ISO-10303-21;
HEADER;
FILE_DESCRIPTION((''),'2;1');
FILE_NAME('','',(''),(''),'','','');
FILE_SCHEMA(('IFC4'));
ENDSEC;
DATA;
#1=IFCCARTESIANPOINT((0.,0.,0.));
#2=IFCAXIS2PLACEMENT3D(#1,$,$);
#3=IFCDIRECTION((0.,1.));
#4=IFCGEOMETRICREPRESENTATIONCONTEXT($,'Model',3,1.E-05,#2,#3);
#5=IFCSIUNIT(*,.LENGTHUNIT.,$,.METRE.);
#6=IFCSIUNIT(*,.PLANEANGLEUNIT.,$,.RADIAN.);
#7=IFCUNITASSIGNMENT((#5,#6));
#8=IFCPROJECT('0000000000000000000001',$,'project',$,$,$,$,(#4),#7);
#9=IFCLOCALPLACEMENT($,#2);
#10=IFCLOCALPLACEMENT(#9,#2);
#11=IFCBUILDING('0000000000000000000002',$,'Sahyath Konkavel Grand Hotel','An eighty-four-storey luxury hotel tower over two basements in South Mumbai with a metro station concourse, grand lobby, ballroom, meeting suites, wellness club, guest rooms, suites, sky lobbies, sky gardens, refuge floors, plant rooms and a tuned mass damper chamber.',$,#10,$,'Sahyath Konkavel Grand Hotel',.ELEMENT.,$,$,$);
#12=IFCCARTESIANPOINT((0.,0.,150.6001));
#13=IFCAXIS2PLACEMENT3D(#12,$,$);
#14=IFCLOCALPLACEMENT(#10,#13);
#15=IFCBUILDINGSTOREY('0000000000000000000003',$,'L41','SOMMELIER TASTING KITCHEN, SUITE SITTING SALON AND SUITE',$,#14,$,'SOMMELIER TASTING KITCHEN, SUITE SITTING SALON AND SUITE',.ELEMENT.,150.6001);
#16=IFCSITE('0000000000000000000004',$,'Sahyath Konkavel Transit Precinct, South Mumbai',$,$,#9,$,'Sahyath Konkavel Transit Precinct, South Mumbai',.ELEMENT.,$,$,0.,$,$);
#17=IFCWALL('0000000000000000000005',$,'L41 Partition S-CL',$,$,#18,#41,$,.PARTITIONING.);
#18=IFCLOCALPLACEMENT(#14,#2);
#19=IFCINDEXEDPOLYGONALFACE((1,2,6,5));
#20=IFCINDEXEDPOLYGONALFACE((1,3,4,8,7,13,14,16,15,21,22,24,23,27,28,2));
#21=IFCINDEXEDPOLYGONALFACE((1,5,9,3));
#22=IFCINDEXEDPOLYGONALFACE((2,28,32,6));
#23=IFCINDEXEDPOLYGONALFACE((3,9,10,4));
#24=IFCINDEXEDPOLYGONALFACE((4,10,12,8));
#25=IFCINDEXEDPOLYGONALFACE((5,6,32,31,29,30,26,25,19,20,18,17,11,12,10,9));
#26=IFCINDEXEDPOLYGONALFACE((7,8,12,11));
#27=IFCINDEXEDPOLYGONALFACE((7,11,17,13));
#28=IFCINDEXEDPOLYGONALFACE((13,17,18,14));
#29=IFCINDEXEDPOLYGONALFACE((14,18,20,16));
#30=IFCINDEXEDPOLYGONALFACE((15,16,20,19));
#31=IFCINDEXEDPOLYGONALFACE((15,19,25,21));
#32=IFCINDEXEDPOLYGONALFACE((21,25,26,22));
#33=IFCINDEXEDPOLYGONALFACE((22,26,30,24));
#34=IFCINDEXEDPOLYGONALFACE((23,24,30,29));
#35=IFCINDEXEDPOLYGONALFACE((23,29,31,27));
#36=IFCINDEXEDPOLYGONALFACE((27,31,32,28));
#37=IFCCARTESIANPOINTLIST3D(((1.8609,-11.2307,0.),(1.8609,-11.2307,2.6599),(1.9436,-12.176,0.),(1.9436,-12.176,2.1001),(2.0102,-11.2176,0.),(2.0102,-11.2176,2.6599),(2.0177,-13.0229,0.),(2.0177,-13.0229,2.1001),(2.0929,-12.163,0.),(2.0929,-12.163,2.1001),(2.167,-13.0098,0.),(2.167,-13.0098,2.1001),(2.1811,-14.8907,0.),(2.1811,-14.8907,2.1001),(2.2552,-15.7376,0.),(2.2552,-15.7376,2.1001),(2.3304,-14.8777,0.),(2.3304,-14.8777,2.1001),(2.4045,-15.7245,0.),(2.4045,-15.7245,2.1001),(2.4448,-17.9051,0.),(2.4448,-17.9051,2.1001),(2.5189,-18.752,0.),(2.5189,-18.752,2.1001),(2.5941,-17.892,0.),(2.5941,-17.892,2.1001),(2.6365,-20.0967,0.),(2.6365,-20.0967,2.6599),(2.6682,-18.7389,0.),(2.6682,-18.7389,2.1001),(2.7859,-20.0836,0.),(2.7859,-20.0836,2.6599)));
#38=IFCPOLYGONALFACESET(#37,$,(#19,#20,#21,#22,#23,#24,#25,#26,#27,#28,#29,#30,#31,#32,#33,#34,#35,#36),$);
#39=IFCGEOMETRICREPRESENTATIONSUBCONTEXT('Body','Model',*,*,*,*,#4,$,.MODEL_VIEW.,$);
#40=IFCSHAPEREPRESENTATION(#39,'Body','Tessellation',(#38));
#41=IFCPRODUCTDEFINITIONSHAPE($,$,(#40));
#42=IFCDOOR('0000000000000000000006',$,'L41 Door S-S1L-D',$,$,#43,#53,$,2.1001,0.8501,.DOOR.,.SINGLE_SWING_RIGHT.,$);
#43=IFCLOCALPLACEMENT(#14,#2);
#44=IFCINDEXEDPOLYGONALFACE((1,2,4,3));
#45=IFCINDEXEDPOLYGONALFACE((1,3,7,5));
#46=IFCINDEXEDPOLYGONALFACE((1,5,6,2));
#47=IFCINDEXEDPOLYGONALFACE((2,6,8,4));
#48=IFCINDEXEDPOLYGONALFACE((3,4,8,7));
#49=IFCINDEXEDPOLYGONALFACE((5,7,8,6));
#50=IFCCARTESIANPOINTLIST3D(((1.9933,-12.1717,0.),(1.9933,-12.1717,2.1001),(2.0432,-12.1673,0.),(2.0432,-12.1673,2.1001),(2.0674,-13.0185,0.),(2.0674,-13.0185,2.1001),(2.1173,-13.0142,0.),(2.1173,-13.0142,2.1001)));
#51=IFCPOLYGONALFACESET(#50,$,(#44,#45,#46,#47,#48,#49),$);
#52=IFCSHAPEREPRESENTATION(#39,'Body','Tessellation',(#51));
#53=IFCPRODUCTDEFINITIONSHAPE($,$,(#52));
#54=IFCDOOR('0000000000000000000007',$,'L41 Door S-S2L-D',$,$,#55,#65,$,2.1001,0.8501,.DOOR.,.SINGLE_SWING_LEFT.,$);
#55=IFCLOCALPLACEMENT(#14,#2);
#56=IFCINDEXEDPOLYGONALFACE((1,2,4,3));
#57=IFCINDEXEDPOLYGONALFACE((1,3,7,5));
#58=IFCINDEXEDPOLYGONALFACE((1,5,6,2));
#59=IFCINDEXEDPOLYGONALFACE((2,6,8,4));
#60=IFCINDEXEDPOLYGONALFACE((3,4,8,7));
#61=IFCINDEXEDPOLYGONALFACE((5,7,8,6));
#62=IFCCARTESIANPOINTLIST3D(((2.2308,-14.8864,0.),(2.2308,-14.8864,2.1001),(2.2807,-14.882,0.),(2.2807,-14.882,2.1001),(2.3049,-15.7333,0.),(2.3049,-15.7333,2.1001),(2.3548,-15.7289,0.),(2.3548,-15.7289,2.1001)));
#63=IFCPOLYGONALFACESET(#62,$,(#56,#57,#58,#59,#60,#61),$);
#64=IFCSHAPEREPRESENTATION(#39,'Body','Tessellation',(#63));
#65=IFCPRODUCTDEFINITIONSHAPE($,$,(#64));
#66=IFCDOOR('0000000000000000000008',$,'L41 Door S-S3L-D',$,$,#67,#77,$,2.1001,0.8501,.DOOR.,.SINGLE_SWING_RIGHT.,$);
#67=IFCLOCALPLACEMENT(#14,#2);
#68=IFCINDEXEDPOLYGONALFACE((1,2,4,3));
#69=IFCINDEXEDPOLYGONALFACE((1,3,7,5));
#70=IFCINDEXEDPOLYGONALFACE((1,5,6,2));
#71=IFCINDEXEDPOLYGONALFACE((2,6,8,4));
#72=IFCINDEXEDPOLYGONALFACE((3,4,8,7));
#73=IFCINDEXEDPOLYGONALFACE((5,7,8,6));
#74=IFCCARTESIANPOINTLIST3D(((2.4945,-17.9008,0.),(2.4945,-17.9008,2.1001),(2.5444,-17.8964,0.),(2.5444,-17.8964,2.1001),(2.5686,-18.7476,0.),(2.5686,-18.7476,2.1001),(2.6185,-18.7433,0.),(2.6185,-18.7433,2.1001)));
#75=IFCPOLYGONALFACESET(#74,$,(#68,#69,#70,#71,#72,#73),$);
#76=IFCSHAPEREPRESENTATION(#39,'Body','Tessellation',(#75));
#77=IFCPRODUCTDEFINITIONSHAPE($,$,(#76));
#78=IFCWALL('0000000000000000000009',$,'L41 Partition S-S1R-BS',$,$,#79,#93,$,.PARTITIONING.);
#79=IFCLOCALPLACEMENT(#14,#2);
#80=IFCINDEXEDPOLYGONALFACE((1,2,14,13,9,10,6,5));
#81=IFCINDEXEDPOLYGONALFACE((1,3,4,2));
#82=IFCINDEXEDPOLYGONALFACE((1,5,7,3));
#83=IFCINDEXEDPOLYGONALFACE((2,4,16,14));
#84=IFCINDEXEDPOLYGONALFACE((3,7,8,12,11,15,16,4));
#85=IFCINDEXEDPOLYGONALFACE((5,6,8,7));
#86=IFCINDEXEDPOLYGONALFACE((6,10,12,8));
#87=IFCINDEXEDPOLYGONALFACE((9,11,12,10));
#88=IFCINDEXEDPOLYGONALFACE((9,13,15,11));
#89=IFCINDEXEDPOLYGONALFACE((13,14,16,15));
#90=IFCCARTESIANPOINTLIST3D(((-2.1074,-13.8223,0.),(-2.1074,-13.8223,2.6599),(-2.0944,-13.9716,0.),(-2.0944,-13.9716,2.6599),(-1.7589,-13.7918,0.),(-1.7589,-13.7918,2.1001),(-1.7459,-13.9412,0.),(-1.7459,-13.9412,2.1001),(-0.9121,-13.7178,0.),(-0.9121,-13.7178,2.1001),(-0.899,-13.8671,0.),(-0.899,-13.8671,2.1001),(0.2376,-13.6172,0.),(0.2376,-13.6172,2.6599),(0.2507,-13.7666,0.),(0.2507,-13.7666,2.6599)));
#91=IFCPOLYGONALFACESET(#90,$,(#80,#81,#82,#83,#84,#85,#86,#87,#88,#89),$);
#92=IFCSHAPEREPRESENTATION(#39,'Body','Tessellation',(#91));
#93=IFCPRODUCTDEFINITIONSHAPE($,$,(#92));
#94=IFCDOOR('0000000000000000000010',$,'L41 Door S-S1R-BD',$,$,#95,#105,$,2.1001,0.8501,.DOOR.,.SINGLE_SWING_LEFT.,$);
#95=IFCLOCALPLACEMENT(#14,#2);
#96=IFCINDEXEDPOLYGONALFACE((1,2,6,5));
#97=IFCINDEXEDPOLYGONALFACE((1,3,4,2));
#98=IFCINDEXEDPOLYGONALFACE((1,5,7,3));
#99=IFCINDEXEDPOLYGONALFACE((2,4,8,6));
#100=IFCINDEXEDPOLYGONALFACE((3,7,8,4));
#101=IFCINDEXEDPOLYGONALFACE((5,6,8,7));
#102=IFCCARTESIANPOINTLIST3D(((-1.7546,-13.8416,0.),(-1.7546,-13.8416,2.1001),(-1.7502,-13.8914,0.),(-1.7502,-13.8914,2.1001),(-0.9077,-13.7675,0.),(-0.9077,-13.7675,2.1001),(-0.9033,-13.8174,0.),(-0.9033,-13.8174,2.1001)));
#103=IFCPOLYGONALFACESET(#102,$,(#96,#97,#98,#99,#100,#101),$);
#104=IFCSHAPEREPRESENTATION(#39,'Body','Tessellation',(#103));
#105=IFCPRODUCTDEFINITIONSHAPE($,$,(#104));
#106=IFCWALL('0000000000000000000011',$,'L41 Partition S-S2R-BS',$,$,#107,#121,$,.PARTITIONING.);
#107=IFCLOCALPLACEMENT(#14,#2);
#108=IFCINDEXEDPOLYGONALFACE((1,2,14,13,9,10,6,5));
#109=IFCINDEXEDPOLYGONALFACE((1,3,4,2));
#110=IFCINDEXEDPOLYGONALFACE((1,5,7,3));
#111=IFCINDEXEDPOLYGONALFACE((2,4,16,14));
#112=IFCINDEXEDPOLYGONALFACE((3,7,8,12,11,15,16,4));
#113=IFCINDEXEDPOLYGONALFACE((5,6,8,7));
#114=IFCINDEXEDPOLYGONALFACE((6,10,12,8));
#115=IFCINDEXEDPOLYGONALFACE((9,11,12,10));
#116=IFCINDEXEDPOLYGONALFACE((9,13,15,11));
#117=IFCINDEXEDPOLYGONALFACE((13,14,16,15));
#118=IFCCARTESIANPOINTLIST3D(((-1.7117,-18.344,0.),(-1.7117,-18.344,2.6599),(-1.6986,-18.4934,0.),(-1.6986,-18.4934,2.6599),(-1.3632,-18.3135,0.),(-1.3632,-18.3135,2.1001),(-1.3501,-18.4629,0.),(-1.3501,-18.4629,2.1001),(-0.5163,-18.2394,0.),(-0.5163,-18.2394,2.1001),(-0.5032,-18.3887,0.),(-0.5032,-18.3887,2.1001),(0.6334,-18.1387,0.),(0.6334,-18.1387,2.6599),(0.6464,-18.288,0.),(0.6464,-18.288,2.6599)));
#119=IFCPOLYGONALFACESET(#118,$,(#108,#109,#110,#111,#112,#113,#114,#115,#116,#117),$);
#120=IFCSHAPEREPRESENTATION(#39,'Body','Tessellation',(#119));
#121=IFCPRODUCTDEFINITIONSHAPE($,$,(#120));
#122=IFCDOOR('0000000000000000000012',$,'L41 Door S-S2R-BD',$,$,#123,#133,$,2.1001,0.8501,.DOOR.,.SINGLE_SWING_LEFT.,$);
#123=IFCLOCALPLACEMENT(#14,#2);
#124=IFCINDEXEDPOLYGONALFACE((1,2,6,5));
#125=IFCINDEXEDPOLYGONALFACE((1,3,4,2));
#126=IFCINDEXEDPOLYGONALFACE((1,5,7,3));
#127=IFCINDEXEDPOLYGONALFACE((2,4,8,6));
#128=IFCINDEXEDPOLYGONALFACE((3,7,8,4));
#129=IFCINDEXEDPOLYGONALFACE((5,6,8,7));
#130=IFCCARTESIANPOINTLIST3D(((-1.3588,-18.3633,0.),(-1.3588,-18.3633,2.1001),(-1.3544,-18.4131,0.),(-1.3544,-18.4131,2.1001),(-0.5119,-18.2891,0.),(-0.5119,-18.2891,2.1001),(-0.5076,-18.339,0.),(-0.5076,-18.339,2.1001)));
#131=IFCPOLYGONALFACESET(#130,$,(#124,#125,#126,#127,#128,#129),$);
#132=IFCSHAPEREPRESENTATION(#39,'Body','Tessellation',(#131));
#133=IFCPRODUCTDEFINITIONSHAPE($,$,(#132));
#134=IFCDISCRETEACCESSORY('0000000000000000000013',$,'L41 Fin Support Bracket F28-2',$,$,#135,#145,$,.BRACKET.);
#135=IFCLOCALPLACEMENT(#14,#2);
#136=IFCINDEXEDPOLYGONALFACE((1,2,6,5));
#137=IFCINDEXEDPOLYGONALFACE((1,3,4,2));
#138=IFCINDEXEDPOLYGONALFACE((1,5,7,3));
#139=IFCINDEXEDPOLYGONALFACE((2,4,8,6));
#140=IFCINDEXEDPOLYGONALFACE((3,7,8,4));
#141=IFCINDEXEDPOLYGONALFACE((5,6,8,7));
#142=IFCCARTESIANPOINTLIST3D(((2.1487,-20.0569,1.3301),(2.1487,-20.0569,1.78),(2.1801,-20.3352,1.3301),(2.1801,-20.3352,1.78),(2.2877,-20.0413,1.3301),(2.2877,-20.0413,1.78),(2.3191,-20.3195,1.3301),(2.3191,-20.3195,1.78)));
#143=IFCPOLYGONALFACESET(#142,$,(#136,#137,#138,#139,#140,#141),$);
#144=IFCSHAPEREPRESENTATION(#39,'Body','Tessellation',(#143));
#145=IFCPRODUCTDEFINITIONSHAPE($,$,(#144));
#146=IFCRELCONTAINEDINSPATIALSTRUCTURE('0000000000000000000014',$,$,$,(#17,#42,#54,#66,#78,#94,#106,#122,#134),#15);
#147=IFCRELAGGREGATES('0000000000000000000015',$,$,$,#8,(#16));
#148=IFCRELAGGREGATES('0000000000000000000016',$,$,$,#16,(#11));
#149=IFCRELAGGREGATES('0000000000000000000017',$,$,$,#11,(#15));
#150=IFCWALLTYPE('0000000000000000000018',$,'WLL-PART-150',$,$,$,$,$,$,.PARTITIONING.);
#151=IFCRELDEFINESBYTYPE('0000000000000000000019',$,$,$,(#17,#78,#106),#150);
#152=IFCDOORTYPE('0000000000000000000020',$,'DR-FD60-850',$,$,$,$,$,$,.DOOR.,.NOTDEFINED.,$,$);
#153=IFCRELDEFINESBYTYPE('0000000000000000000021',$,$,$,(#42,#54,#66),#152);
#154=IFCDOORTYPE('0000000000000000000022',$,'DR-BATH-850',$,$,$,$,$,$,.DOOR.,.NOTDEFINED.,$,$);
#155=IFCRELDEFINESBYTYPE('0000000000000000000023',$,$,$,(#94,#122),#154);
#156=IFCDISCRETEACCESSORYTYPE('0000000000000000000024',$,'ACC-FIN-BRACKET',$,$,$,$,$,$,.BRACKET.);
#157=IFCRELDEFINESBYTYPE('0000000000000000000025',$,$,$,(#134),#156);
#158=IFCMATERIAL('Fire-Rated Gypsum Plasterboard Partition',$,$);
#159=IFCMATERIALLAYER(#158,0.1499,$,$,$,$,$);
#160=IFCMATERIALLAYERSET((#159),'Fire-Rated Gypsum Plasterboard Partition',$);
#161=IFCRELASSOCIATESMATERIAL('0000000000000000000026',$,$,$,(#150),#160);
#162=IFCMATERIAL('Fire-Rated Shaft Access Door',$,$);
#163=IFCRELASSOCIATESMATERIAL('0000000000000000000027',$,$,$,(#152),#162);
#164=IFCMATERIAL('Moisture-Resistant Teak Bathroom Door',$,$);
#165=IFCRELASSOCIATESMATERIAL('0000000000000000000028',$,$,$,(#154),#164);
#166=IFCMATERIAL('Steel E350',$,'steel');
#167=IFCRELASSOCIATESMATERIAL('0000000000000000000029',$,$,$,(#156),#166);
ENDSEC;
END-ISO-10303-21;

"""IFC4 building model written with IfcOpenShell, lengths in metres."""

from ifc_helpers import new_model, si_unit, direction, frame, frame_2d, origin, origin_2d, place, context, subcontext, project, spatial, rectangle, extrude, source, transform, mapped, material, layer, layer_set, type_object, element, fill, save


model = new_model("IFC4")

# Units and contexts
model_context = context("Model", 3, precision=1e-05, world=origin(), true_north=direction((0.0, 1.0)))
body_context = subcontext(model_context, "Body", "Model", "MODEL_VIEW")
ifc_project = project(units=[si_unit("LENGTHUNIT", "METRE"), si_unit("PLANEANGLEUNIT", "RADIAN")], contexts=[model_context])

# Site, building, storey
site_placement = place(None, origin())
site = spatial("IfcSite", under=ifc_project, at=site_placement, Name="Sahyath Konkavel Transit Precinct, South Mumbai", LongName="Sahyath Konkavel Transit Precinct, South Mumbai", CompositionType="ELEMENT", RefElevation=0.0)
building_placement = place(site_placement, origin())
building = spatial("IfcBuilding", under=site, at=building_placement, Name="Sahyath Konkavel Grand Hotel", Description="An eighty-four-storey luxury hotel tower over two basements in South Mumbai with a metro station concourse, grand lobby, ballroom, meeting suites, wellness club, guest rooms, suites, sky lobbies, sky gardens, refuge floors, plant rooms and a tuned mass damper chamber.", LongName="Sahyath Konkavel Grand Hotel", CompositionType="ELEMENT")
storey_placement = place(building_placement, frame((0.0, 0.0, 150.6001)))
storey = spatial("IfcBuildingStorey", under=building, at=storey_placement, Name="L41", Description="SOMMELIER TASTING KITCHEN, SUITE SITTING SALON AND SUITE", LongName="SOMMELIER TASTING KITCHEN, SUITE SITTING SALON AND SUITE", CompositionType="ELEMENT", Elevation=150.6001)

# Shared definitions
ifc_material_1 = material(Name="Steel E350", Category="steel")

# Wall, openings, doors
ifc_material_2 = material(Name="Fire-Rated Gypsum Plasterboard Partition")
ifc_layer_1 = layer(ifc_material_2, 0.1499)
ifc_layer_set_1 = layer_set([ifc_layer_1], Name="Fire-Rated Gypsum Plasterboard Partition")
wall_type_1 = type_object("IfcWallType", Name="WLL-PART-150", PredefinedType="PARTITIONING", material=ifc_layer_set_1)
wall_1_placement = place(storey_placement, frame((1.9355, -11.2241, 0.0), z_axis=(0.0, 0.0, 1.0), x_axis=(0.087152, -0.996195, 0.0)))
wall_1 = element("IfcWall", 1, at=wall_1_placement, inside=storey, type_object=wall_type_1, Name="L41 Partition S-CL", PredefinedType="PARTITIONING", context=body_context, shape_type="SweptSolid", body=[
    extrude(rectangle(XDim=8.8999, YDim=0.1499, at=frame_2d((4.45, 0.0))), origin(), (0.0, 0.0, 1.0), 2.6599),
])
opening_1_placement = place(wall_1_placement, frame((0.949, 0.0, 0.0)))
opening_1 = element("IfcOpeningElement", 2, at=opening_1_placement, cuts=wall_1, PredefinedType="OPENING", context=body_context, shape_type="SweptSolid", body=[
    extrude(rectangle(XDim=0.8501, YDim=2.1001, at=frame_2d((0.425, 1.05))), frame((0.0, 0.085, 0.0), z_axis=(0.0, -1.0, 0.0), x_axis=(1.0, 0.0, 0.0)), (0.0, 0.0, 1.0), 0.1699),
])
opening_2_placement = place(wall_1_placement, frame((3.6741, 0.0, 0.0)))
opening_2 = element("IfcOpeningElement", 3, at=opening_2_placement, cuts=wall_1, PredefinedType="OPENING", context=body_context, shape_type="SweptSolid", body=[
    extrude(rectangle(XDim=0.8501, YDim=2.1001, at=frame_2d((0.425, 1.05))), frame((0.0, 0.085, 0.0), z_axis=(0.0, -1.0, 0.0), x_axis=(1.0, 0.0, 0.0)), (0.0, 0.0, 1.0), 0.1699),
])
opening_3_placement = place(wall_1_placement, frame((6.7, 0.0, 0.0)))
opening_3 = element("IfcOpeningElement", 4, at=opening_3_placement, cuts=wall_1, PredefinedType="OPENING", context=body_context, shape_type="SweptSolid", body=[
    extrude(rectangle(XDim=0.8501, YDim=2.1001, at=frame_2d((0.425, 1.05))), frame((0.0, 0.085, 0.0), z_axis=(0.0, -1.0, 0.0), x_axis=(1.0, 0.0, 0.0)), (0.0, 0.0, 1.0), 0.1699),
])
ifc_material_3 = material(Name="Fire-Rated Shaft Access Door")
door_type_1 = type_object("IfcDoorType", Name="DR-FD60-850", OperationType="NOTDEFINED", PredefinedType="DOOR", material=ifc_material_3)
shared_shape_1 = source(origin(), body_context, "Body", "SweptSolid", [
    extrude(rectangle(XDim=0.8501, YDim=0.05, at=origin_2d()), origin(), (0.0, 0.0, 1.0), 2.1001),
])
door_1_placement = place(opening_1_placement, frame((0.425, 0.0, 0.0)))
door_1 = element("IfcDoor", 5, at=door_1_placement, inside=storey, type_object=door_type_1, Name="L41 Door S-S1L-D", OperationType="SINGLE_SWING_RIGHT", OverallHeight=2.1001, OverallWidth=0.8501, PredefinedType="DOOR", context=body_context, shape_type="MappedRepresentation", body=[
    mapped(shared_shape_1, transform((0.0, 0.0, 0.0), scale=1.0)),
])
fill(opening_1, door_1)
door_2_placement = place(opening_2_placement, frame((0.425, 0.0, 0.0)))
door_2 = element("IfcDoor", 6, at=door_2_placement, inside=storey, type_object=door_type_1, Name="L41 Door S-S2L-D", OperationType="SINGLE_SWING_LEFT", OverallHeight=2.1001, OverallWidth=0.8501, PredefinedType="DOOR", context=body_context, shape_type="MappedRepresentation", body=[
    mapped(shared_shape_1, transform((0.0, 0.0, 0.0), scale=1.0)),
])
fill(opening_2, door_2)
door_3_placement = place(opening_3_placement, frame((0.425, 0.0, 0.0)))
door_3 = element("IfcDoor", 7, at=door_3_placement, inside=storey, type_object=door_type_1, Name="L41 Door S-S3L-D", OperationType="SINGLE_SWING_RIGHT", OverallHeight=2.1001, OverallWidth=0.8501, PredefinedType="DOOR", context=body_context, shape_type="MappedRepresentation", body=[
    mapped(shared_shape_1, transform((0.0, 0.0, 0.0), scale=1.0)),
])
fill(opening_3, door_3)

# Walls, openings, doors
wall_2_placement = place(storey_placement, frame((0.2441, -13.6919, 0.0), z_axis=(0.0, 0.0, 1.0), x_axis=(-0.996198, -0.087122, 0.0)))
wall_2 = element("IfcWall", 8, at=wall_2_placement, inside=storey, type_object=wall_type_1, Name="L41 Partition S-S1R-BS", PredefinedType="PARTITIONING", context=body_context, shape_type="SweptSolid", body=[
    extrude(rectangle(XDim=2.354, YDim=0.1499, at=frame_2d((1.177, 0.0))), origin(), (0.0, 0.0, 1.0), 2.6599),
])
opening_4_placement = place(wall_2_placement, frame((1.1541, 0.0, 0.0)))
opening_4 = element("IfcOpeningElement", 9, at=opening_4_placement, cuts=wall_2, PredefinedType="OPENING", context=body_context, shape_type="SweptSolid", body=[
    extrude(rectangle(XDim=0.8501, YDim=2.1001, at=frame_2d((0.425, 1.05))), frame((0.0, 0.085, 0.0), z_axis=(0.0, -1.0, 0.0), x_axis=(1.0, 0.0, 0.0)), (0.0, 0.0, 1.0), 0.1699),
])
ifc_material_4 = material(Name="Moisture-Resistant Teak Bathroom Door")
door_type_2 = type_object("IfcDoorType", Name="DR-BATH-850", OperationType="NOTDEFINED", PredefinedType="DOOR", material=ifc_material_4)
door_4_placement = place(opening_4_placement, frame((0.425, 0.0, 0.0)))
door_4 = element("IfcDoor", 10, at=door_4_placement, inside=storey, type_object=door_type_2, Name="L41 Door S-S1R-BD", OperationType="SINGLE_SWING_LEFT", OverallHeight=2.1001, OverallWidth=0.8501, PredefinedType="DOOR", context=body_context, shape_type="MappedRepresentation", body=[
    mapped(shared_shape_1, transform((0.0, 0.0, 0.0), scale=1.0)),
])
fill(opening_4, door_4)
wall_3_placement = place(storey_placement, frame((0.6399, -18.2134, 0.0), z_axis=(0.0, 0.0, 1.0), x_axis=(-0.996189, -0.087225, 0.0)))
wall_3 = element("IfcWall", 11, at=wall_3_placement, inside=storey, type_object=wall_type_1, Name="L41 Partition S-S2R-BS", PredefinedType="PARTITIONING", context=body_context, shape_type="SweptSolid", body=[
    extrude(rectangle(XDim=2.354, YDim=0.1499, at=frame_2d((1.177, 0.0))), origin(), (0.0, 0.0, 1.0), 2.6599),
])
opening_5_placement = place(wall_3_placement, frame((1.1541, 0.0, 0.0)))
opening_5 = element("IfcOpeningElement", 12, at=opening_5_placement, cuts=wall_3, PredefinedType="OPENING", context=body_context, shape_type="SweptSolid", body=[
    extrude(rectangle(XDim=0.8501, YDim=2.1001, at=frame_2d((0.425, 1.05))), frame((0.0, 0.085, 0.0), z_axis=(0.0, -1.0, 0.0), x_axis=(1.0, 0.0, 0.0)), (0.0, 0.0, 1.0), 0.1699),
])
door_5_placement = place(opening_5_placement, frame((0.425, 0.0, 0.0)))
door_5 = element("IfcDoor", 13, at=door_5_placement, inside=storey, type_object=door_type_2, Name="L41 Door S-S2R-BD", OperationType="SINGLE_SWING_LEFT", OverallHeight=2.1001, OverallWidth=0.8501, PredefinedType="DOOR", context=body_context, shape_type="MappedRepresentation", body=[
    mapped(shared_shape_1, transform((0.0, 0.0, 0.0), scale=1.0)),
])
fill(opening_5, door_5)

# Discrete accessory
discrete_accessory_type = type_object("IfcDiscreteAccessoryType", Name="ACC-FIN-BRACKET", PredefinedType="BRACKET", material=ifc_material_1)
shared_shape_2 = source(origin(), body_context, "Body", "SweptSolid", [
    extrude(rectangle(XDim=0.28, YDim=0.1399, at=origin_2d()), origin(), (0.0, 0.0, 1.0), 0.45),
])
discrete_accessory_placement = place(storey_placement, frame((2.2339, -20.1882, 1.3301), z_axis=(0.0, 0.0, 1.0), x_axis=(0.112007, -0.993707, 0.0)))
element("IfcDiscreteAccessory", 14, at=discrete_accessory_placement, inside=storey, type_object=discrete_accessory_type, Name="L41 Fin Support Bracket F28-2", PredefinedType="BRACKET", context=body_context, shape_type="MappedRepresentation", body=[
    mapped(shared_shape_2, transform((0.0, 0.0, 0.0), scale=1.0)),
])

save(model, "model.ifc")
